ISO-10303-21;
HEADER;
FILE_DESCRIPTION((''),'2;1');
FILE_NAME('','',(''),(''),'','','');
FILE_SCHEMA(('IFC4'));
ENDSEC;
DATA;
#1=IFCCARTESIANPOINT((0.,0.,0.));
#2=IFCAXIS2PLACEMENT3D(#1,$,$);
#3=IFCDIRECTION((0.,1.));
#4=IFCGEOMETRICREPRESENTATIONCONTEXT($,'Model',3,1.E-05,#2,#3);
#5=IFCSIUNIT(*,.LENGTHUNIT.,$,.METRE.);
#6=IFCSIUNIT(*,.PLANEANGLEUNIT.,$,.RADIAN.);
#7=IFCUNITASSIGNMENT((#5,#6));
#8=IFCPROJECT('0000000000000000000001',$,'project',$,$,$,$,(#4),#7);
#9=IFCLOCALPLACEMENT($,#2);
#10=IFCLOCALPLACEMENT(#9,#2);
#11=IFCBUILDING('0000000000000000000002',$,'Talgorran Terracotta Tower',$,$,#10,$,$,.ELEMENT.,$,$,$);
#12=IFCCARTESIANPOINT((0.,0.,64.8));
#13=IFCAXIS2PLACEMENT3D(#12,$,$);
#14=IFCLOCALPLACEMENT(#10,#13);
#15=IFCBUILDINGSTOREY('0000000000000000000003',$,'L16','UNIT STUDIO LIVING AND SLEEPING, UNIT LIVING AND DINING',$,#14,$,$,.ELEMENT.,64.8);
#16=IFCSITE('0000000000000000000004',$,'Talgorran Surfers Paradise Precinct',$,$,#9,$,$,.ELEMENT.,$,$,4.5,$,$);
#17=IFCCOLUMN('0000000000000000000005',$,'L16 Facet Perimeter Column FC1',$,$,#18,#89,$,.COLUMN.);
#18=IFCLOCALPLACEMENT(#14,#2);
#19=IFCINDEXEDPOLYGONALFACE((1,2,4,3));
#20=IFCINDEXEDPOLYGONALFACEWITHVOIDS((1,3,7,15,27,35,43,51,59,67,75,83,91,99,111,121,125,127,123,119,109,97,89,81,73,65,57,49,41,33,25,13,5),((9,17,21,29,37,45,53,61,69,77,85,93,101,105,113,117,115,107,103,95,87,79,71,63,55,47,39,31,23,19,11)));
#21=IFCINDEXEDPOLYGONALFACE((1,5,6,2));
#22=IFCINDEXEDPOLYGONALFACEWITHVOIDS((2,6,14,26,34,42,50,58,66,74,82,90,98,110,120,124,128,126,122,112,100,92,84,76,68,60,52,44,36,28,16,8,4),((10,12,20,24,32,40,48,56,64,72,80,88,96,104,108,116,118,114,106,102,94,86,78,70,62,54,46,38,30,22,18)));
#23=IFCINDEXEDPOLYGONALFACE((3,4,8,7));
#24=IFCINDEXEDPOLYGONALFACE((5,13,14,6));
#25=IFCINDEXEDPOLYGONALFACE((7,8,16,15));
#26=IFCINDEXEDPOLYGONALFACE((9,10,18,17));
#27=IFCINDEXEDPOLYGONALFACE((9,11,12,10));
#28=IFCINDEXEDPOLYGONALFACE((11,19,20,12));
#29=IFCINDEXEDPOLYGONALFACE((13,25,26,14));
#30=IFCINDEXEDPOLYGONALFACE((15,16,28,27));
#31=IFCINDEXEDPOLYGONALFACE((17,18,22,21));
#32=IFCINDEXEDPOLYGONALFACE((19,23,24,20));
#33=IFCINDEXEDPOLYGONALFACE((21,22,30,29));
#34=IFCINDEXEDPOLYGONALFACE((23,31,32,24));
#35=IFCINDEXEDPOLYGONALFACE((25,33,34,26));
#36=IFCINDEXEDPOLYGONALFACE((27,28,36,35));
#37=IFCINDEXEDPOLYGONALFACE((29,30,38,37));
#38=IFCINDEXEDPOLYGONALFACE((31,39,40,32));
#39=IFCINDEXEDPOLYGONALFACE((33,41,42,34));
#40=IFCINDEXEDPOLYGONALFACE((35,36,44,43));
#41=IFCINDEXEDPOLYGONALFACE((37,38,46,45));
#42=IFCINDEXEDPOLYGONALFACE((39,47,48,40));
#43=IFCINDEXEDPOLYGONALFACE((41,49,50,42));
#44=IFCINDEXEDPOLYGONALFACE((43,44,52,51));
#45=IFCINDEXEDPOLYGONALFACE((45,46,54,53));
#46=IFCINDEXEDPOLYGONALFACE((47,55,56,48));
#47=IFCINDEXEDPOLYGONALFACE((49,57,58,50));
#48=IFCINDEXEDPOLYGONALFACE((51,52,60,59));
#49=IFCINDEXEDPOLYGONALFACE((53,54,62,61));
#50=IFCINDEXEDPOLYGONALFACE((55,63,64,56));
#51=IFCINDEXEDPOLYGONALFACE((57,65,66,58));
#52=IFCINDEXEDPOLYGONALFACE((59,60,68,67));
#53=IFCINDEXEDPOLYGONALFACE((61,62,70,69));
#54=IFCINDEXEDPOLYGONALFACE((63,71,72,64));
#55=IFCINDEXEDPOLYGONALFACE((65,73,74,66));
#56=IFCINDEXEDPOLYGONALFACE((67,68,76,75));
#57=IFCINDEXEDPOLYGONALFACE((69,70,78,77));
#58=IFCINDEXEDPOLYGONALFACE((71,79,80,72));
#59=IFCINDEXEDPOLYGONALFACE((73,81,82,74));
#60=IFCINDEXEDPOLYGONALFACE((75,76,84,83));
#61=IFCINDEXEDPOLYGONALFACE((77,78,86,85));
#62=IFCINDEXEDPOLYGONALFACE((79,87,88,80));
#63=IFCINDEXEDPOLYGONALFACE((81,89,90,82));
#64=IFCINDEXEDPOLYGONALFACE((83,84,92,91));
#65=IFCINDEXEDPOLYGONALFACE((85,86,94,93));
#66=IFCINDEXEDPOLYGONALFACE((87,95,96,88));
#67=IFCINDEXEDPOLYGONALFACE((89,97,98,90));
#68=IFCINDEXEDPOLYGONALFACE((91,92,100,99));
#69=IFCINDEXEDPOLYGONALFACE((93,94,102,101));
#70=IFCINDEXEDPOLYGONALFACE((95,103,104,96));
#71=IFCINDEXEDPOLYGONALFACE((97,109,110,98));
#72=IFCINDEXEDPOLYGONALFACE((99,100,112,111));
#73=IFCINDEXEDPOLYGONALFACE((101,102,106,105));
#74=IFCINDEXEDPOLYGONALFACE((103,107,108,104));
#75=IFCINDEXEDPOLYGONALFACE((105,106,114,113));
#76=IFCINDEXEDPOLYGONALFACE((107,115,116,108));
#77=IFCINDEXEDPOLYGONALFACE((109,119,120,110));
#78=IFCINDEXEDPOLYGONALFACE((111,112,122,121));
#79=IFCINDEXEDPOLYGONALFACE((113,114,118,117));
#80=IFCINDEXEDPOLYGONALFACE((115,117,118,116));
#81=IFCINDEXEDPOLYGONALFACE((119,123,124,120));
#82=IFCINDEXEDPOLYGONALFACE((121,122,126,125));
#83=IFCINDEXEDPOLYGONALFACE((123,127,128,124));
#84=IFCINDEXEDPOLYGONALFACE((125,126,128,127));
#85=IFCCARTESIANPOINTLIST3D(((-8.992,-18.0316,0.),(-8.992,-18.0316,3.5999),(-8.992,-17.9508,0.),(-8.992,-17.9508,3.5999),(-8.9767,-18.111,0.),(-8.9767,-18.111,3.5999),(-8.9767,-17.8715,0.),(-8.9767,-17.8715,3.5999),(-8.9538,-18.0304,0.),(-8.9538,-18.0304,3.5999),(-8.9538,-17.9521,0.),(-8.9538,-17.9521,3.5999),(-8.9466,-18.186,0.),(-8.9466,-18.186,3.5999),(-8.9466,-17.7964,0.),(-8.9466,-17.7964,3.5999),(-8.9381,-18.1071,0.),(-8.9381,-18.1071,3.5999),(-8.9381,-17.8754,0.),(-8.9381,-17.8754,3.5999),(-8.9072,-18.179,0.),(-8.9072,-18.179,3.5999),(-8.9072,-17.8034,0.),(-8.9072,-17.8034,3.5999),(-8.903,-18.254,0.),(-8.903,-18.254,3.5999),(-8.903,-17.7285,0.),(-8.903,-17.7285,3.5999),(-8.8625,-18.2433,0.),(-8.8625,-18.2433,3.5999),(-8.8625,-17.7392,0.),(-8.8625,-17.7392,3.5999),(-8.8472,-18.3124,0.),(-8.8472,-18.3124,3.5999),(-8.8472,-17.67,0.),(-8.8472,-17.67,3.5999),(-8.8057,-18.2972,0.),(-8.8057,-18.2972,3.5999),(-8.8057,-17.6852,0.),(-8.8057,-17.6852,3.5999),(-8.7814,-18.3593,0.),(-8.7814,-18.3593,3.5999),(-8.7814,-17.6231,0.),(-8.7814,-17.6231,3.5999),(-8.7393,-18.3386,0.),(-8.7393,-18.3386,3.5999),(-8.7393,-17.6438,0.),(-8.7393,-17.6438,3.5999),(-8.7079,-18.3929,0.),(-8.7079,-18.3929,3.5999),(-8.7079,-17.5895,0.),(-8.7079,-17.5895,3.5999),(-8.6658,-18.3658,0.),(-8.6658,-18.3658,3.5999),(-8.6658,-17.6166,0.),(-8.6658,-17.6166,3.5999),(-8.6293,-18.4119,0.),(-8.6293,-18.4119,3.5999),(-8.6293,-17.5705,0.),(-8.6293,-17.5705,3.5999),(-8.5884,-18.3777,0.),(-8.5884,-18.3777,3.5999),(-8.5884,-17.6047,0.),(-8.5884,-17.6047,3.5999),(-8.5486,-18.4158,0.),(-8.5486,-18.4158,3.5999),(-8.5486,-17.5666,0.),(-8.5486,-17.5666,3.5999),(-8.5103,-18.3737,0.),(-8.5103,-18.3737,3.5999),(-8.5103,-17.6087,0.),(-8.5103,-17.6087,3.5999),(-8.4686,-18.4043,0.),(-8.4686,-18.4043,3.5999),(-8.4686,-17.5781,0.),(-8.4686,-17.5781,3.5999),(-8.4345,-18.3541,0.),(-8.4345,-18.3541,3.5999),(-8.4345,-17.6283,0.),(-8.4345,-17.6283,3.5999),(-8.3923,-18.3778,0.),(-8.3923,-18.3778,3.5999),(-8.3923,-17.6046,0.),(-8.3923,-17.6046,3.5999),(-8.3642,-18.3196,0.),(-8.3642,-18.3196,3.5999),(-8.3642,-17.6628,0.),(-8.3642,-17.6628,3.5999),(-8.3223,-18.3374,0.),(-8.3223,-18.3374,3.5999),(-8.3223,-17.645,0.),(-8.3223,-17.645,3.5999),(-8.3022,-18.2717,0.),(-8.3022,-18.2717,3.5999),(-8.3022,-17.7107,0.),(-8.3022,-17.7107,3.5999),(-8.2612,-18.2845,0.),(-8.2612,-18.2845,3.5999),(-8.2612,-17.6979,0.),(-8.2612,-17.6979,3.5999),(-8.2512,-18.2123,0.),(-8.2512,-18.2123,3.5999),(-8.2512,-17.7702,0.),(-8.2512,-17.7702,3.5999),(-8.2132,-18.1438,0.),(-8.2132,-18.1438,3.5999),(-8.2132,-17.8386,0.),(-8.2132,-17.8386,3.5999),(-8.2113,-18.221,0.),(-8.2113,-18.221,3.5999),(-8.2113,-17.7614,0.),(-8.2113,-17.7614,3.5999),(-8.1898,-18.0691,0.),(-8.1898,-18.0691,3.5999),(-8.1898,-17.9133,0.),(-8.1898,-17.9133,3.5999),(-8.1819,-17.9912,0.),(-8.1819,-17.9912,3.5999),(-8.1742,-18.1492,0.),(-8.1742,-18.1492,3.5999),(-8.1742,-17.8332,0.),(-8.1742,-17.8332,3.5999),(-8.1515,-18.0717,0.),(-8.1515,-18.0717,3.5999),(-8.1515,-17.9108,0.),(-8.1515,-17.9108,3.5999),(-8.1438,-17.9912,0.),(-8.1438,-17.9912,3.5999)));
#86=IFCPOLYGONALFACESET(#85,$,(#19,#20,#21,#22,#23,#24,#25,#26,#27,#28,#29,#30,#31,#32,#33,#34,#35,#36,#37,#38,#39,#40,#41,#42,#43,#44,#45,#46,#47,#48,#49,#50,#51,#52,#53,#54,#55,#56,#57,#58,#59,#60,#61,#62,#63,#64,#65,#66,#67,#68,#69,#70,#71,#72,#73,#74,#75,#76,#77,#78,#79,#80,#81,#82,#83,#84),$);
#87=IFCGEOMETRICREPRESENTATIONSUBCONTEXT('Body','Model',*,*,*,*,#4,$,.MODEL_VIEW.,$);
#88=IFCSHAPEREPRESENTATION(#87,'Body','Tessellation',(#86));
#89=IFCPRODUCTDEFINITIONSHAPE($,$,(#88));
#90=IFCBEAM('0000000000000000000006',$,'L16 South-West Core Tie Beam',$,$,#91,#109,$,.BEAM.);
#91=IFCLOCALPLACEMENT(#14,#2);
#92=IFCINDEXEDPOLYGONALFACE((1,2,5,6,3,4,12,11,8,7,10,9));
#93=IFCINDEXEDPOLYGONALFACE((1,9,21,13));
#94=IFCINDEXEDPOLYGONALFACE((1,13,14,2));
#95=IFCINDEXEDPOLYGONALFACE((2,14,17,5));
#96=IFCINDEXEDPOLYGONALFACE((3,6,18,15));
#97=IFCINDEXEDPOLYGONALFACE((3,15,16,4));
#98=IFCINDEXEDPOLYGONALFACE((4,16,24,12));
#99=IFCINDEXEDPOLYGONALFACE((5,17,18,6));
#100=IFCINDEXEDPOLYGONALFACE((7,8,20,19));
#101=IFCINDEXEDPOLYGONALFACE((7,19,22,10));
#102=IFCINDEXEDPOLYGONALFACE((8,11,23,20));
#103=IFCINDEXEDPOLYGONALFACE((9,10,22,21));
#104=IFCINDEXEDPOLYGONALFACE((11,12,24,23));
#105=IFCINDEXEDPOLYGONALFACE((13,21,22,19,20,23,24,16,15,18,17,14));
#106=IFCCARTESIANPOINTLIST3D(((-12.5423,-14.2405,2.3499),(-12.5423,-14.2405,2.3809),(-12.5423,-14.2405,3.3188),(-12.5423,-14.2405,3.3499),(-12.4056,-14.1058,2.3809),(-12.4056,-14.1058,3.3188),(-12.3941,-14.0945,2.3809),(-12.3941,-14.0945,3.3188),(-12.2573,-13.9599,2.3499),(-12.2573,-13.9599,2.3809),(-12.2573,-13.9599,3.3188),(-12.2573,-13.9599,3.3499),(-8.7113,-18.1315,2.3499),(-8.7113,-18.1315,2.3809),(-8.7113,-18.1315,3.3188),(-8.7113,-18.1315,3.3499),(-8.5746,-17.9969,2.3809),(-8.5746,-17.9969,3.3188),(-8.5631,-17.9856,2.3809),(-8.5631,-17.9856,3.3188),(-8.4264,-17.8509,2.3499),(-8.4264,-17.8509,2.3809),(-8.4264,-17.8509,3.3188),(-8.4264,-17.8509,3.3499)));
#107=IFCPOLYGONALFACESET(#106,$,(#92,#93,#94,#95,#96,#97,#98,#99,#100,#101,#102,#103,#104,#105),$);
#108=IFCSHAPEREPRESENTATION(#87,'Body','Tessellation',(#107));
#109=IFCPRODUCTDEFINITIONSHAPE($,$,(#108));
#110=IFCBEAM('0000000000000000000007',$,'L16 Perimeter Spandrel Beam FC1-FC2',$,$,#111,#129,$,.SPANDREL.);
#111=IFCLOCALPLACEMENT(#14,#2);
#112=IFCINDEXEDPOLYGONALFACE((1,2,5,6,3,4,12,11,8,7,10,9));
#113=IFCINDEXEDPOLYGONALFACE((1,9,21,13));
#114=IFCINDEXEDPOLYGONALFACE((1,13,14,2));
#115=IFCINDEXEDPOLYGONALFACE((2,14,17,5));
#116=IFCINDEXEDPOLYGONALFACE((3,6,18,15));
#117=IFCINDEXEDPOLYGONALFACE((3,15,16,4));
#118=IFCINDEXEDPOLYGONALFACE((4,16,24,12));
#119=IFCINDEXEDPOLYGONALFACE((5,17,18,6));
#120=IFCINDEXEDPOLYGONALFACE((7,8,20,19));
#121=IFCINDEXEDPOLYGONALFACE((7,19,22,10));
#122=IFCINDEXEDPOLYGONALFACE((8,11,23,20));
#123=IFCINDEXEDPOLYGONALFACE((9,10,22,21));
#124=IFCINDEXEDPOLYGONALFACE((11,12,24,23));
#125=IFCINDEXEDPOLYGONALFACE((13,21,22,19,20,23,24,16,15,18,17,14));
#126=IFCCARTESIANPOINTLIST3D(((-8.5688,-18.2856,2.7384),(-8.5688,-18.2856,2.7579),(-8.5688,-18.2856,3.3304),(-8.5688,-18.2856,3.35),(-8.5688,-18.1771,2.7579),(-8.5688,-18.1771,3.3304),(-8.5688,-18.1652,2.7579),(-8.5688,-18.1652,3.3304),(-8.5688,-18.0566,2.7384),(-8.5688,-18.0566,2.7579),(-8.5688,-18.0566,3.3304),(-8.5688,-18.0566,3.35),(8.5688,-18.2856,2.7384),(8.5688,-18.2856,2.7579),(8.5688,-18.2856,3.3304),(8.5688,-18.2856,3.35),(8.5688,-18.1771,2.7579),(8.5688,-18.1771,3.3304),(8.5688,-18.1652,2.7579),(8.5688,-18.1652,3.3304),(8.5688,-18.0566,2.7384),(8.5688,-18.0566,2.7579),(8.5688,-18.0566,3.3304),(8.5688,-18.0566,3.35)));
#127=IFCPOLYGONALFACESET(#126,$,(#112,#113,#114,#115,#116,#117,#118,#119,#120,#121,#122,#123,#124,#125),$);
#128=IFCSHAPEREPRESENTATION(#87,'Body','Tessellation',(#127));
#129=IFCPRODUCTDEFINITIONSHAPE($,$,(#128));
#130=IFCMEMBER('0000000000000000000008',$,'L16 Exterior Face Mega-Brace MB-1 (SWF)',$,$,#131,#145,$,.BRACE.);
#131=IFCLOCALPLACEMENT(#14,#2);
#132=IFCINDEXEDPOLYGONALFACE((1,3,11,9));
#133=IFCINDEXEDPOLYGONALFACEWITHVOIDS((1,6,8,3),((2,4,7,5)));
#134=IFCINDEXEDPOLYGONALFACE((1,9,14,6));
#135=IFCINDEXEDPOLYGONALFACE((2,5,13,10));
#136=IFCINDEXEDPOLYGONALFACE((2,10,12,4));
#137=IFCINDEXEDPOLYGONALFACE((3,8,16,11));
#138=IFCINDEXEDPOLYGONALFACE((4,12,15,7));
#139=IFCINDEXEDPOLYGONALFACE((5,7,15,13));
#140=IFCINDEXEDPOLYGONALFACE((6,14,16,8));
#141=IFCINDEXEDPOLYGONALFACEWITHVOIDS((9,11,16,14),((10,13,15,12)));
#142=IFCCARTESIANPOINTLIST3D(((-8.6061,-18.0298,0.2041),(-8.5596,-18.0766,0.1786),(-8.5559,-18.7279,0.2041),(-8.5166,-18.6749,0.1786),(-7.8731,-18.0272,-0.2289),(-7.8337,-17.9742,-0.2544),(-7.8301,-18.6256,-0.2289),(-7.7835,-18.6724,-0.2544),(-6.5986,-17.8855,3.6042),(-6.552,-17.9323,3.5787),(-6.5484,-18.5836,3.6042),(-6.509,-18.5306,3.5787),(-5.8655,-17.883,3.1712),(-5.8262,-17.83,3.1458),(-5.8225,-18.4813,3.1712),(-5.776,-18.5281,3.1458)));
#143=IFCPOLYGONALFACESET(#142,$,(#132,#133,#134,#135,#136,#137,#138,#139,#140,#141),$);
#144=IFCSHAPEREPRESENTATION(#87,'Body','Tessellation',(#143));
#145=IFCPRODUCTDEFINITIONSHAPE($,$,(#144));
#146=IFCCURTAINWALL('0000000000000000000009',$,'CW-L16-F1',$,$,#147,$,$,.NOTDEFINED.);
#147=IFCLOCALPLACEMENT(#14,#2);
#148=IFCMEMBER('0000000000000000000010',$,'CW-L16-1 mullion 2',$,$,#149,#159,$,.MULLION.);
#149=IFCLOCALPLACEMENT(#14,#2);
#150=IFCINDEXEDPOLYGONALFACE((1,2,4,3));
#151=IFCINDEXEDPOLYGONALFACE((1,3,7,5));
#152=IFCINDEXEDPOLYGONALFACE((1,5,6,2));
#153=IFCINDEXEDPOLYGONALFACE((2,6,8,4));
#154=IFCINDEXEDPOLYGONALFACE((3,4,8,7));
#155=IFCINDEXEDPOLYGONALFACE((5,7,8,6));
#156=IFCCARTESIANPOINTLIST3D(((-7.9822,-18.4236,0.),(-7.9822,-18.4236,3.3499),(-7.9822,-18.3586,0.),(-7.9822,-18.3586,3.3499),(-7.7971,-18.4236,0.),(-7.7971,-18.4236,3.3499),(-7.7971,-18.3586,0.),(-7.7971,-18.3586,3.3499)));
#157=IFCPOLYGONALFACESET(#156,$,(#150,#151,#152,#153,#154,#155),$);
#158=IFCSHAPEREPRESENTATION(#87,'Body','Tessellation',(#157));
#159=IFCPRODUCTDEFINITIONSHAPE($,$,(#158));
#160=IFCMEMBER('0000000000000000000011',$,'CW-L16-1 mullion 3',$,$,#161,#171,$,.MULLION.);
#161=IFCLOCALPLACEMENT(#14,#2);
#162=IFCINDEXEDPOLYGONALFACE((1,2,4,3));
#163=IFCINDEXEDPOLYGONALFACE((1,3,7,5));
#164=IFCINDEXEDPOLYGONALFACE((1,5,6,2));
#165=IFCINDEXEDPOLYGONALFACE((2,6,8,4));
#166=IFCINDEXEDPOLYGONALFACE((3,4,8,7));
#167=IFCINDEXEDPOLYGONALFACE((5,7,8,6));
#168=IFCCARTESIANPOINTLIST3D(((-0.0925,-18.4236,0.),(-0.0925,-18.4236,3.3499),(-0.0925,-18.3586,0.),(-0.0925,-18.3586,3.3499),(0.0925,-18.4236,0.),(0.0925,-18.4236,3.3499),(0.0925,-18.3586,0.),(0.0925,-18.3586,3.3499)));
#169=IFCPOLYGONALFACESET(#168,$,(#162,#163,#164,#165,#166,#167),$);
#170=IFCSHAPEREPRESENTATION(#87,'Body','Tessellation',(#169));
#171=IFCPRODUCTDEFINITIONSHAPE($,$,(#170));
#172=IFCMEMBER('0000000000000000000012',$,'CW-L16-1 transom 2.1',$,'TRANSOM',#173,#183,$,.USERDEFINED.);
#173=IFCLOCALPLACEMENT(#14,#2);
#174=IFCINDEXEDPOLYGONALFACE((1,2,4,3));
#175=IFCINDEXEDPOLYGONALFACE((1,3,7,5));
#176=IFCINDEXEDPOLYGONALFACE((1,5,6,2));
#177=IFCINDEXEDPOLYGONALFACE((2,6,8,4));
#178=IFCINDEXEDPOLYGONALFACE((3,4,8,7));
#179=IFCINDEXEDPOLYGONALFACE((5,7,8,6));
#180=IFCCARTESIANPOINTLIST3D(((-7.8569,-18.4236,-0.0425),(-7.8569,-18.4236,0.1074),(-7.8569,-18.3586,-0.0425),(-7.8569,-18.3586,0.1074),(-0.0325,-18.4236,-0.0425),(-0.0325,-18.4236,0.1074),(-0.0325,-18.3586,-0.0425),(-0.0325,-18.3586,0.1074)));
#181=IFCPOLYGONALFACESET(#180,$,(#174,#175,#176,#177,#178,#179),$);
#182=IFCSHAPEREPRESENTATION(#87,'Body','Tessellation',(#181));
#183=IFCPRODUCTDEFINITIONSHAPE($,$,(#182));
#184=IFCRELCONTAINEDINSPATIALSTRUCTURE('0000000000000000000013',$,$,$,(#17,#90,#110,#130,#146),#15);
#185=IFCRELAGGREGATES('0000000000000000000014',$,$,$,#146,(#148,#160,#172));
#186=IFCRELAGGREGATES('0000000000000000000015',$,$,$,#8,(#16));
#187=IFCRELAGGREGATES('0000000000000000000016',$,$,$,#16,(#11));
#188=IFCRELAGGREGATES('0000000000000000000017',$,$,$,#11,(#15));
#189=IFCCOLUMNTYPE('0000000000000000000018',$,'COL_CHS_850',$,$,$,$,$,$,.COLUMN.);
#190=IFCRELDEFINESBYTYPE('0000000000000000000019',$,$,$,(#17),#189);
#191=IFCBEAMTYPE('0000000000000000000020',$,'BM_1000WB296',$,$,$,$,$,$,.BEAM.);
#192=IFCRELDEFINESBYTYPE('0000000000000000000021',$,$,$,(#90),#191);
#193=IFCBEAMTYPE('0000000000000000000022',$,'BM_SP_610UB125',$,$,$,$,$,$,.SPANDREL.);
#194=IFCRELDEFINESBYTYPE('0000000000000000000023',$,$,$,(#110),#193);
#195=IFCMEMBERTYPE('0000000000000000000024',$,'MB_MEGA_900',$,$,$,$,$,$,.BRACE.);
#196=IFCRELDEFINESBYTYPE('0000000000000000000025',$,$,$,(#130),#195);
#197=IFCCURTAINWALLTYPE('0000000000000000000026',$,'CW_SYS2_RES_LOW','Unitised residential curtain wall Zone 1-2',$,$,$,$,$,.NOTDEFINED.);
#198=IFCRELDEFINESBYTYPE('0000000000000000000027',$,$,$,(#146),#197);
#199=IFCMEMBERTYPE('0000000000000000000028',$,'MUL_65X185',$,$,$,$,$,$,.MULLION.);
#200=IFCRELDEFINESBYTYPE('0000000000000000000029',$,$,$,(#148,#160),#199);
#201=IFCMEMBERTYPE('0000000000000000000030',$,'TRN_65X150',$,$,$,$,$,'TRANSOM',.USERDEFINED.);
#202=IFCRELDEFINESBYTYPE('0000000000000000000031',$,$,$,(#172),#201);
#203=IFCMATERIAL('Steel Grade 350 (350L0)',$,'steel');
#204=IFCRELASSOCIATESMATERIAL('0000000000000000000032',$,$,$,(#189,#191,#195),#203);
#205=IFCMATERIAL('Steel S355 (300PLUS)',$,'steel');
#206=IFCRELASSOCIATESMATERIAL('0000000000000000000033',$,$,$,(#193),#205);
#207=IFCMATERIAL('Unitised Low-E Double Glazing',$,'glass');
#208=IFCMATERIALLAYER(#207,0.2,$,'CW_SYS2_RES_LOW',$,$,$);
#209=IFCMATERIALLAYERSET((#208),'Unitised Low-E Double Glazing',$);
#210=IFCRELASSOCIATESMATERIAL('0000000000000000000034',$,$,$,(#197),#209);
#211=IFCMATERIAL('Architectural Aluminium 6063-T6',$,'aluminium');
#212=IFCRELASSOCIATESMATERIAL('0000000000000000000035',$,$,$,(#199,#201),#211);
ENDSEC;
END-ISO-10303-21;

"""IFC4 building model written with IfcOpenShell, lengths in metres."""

from ifc_helpers import new_model, si_unit, direction, frame, origin, origin_2d, place, context, subcontext, project, spatial, rectangle, hollow_rectangle, hollow_circle, i_section, extrude, material, layer, layer_set, material_profile, profile_set, type_object, element, aggregate, save


model = new_model("IFC4")

# Units and contexts
model_context = context("Model", 3, precision=1e-05, world=origin(), true_north=direction((0.0, 1.0)))
body_context = subcontext(model_context, "Body", "Model", "MODEL_VIEW")
ifc_project = project(units=[si_unit("LENGTHUNIT", "METRE"), si_unit("PLANEANGLEUNIT", "RADIAN")], contexts=[model_context])

# Site, building, storey
site_placement = place(None, origin())
site = spatial("IfcSite", under=ifc_project, at=site_placement, Name="Talgorran Surfers Paradise Precinct", CompositionType="ELEMENT", RefElevation=4.5)
building_placement = place(site_placement, origin())
building = spatial("IfcBuilding", under=site, at=building_placement, Name="Talgorran Terracotta Tower", CompositionType="ELEMENT")
storey_placement = place(building_placement, frame((0.0, 0.0, 64.8)))
storey = spatial("IfcBuildingStorey", under=building, at=storey_placement, Name="L16", Description="UNIT STUDIO LIVING AND SLEEPING, UNIT LIVING AND DINING", CompositionType="ELEMENT", Elevation=64.8)

# Column
ifc_material_1 = material(Name="Steel Grade 350 (350L0)", Category="steel")
ifc_material_profile_1 = material_profile(ifc_material_1, hollow_circle(Radius=0.425, WallThickness=0.0381, at=origin_2d()), Name="CHS850X38")
ifc_profile_set_1 = profile_set([ifc_material_profile_1], Name="Steel Grade 350 (350L0)")
column_type = type_object("IfcColumnType", Name="COL_CHS_850", PredefinedType="COLUMN", material=ifc_profile_set_1)
column_placement = place(storey_placement, frame((-8.5688, -17.9912, 0.0), z_axis=(0.0, 0.0, 1.0), x_axis=(1.0, 0.0, 0.0)))
element("IfcColumn", 1, at=column_placement, inside=storey, type_object=column_type, Name="L16 Facet Perimeter Column FC1", PredefinedType="COLUMN", context=body_context, shape_type="SweptSolid", body=[
    extrude(hollow_circle(Radius=0.425, WallThickness=0.0381, at=origin_2d()), origin(), (0.0, 0.0, 1.0), 3.5999),
])

# Beams
ifc_material_profile_2 = material_profile(ifc_material_1, i_section(OverallWidth=0.3999, OverallDepth=1.0, WebThickness=0.0161, FlangeThickness=0.031, at=origin_2d()), Name="1000WB296")
ifc_profile_set_2 = profile_set([ifc_material_profile_2], Name="Steel Grade 350 (350L0)")
beam_type_1 = type_object("IfcBeamType", Name="BM_1000WB296", PredefinedType="BEAM", material=ifc_profile_set_2)
beam_1_placement = place(storey_placement, frame((-8.5688, -17.9912, 2.8499), z_axis=(-0.701586, 0.712585, 0.0), x_axis=(-0.712585, -0.701586, 0.0)))
element("IfcBeam", 2, at=beam_1_placement, inside=storey, type_object=beam_type_1, Name="L16 South-West Core Tie Beam", PredefinedType="BEAM", context=body_context, shape_type="SweptSolid", body=[
    extrude(i_section(OverallWidth=0.3999, OverallDepth=1.0, WebThickness=0.0161, FlangeThickness=0.031, at=origin_2d()), origin(), (0.0, 0.0, 1.0), 5.4604),
])
ifc_material_2 = material(Name="Steel S355 (300PLUS)", Category="steel")
ifc_material_profile_3 = material_profile(ifc_material_2, i_section(OverallWidth=0.229, OverallDepth=0.6116, WebThickness=0.012, FlangeThickness=0.0195, at=origin_2d()), Name="610UB125")
ifc_profile_set_3 = profile_set([ifc_material_profile_3], Name="Steel S355 (300PLUS)")
beam_type_2 = type_object("IfcBeamType", Name="BM_SP_610UB125", PredefinedType="SPANDREL", material=ifc_profile_set_3)
beam_2_placement = place(storey_placement, frame((-8.5688, -18.1711, 3.0442), z_axis=(1.0, 0.0, 0.0), x_axis=(0.0, 1.0, 0.0)))
element("IfcBeam", 3, at=beam_2_placement, inside=storey, type_object=beam_type_2, Name="L16 Perimeter Spandrel Beam FC1-FC2", PredefinedType="SPANDREL", context=body_context, shape_type="SweptSolid", body=[
    extrude(i_section(OverallWidth=0.229, OverallDepth=0.6116, WebThickness=0.012, FlangeThickness=0.0195, at=origin_2d()), origin(), (0.0, 0.0, 1.0), 17.1377),
])

# Member
ifc_material_profile_4 = material_profile(ifc_material_1, hollow_rectangle(XDim=0.7, YDim=0.8999, WallThickness=0.05, at=origin_2d()), Name="WBOX900X700X50")
ifc_profile_set_4 = profile_set([ifc_material_profile_4], Name="Steel Grade 350 (350L0)")
member_type_1 = type_object("IfcMemberType", Name="MB_MEGA_900", PredefinedType="BRACE", material=ifc_profile_set_4)
member_1_placement = place(storey_placement, frame((-8.1948, -18.3511, -0.0251), z_axis=(0.508088, 0.036517, 0.860531), x_axis=(-0.071687, 0.997427, 0.0)))
element("IfcMember", 4, at=member_1_placement, inside=storey, type_object=member_type_1, Name="L16 Exterior Face Mega-Brace MB-1 (SWF)", PredefinedType="BRACE", context=body_context, shape_type="SweptSolid", body=[
    extrude(hollow_rectangle(XDim=0.7, YDim=0.8999, WallThickness=0.05, at=origin_2d()), origin(), (0.0, 0.0, 1.0), 3.9512),
])

# Curtain wall, members
ifc_material_3 = material(Name="Unitised Low-E Double Glazing", Category="glass")
ifc_layer_1 = layer(ifc_material_3, 0.2, Name="CW_SYS2_RES_LOW")
ifc_layer_set_1 = layer_set([ifc_layer_1], Name="Unitised Low-E Double Glazing")
curtain_wall_type = type_object("IfcCurtainWallType", Name="CW_SYS2_RES_LOW", Description="Unitised residential curtain wall Zone 1-2", PredefinedType="NOTDEFINED", material=ifc_layer_set_1)
curtain_wall_placement = place(storey_placement, origin())
curtain_wall = element("IfcCurtainWall", 5, at=curtain_wall_placement, inside=storey, type_object=curtain_wall_type, Name="CW-L16-F1", PredefinedType="NOTDEFINED")
ifc_material_4 = material(Name="Architectural Aluminium 6063-T6", Category="aluminium")
ifc_material_profile_5 = material_profile(ifc_material_4, rectangle(XDim=0.0649, YDim=0.1851, at=origin_2d()), Name="CWM65X185")
ifc_profile_set_5 = profile_set([ifc_material_profile_5], Name="Architectural Aluminium 6063-T6")
member_type_2 = type_object("IfcMemberType", Name="MUL_65X185", PredefinedType="MULLION", material=ifc_profile_set_5)
member_2_placement = place(storey_placement, frame((-7.8896, -18.3911, 0.0), z_axis=(0.0, 0.0, 1.0), x_axis=(0.0, 1.0, 0.0)))
member_2 = element("IfcMember", 6, at=member_2_placement, type_object=member_type_2, Name="CW-L16-1 mullion 2", PredefinedType="MULLION", context=body_context, shape_type="SweptSolid", body=[
    extrude(rectangle(XDim=0.0649, YDim=0.1851, at=origin_2d()), origin(), (0.0, 0.0, 1.0), 3.3499),
])
member_3_placement = place(storey_placement, frame((0.0, -18.3911, 0.0), z_axis=(0.0, 0.0, 1.0), x_axis=(0.0, 1.0, 0.0)))
member_3 = element("IfcMember", 7, at=member_3_placement, type_object=member_type_2, Name="CW-L16-1 mullion 3", PredefinedType="MULLION", context=body_context, shape_type="SweptSolid", body=[
    extrude(rectangle(XDim=0.0649, YDim=0.1851, at=origin_2d()), origin(), (0.0, 0.0, 1.0), 3.3499),
])
ifc_material_profile_6 = material_profile(ifc_material_4, rectangle(XDim=0.0649, YDim=0.1499, at=origin_2d()), Name="CWT65X150")
ifc_profile_set_6 = profile_set([ifc_material_profile_6], Name="Architectural Aluminium 6063-T6")
member_type_3 = type_object("IfcMemberType", Name="TRN_65X150", ElementType="TRANSOM", PredefinedType="USERDEFINED", material=ifc_profile_set_6)
member_4_placement = place(storey_placement, frame((-7.8569, -18.3911, 0.0325), z_axis=(1.0, 0.0, 0.0), x_axis=(0.0, 1.0, 0.0)))
member_4 = element("IfcMember", 8, at=member_4_placement, type_object=member_type_3, Name="CW-L16-1 transom 2.1", ObjectType="TRANSOM", PredefinedType="USERDEFINED", context=body_context, shape_type="SweptSolid", body=[
    extrude(rectangle(XDim=0.0649, YDim=0.1499, at=origin_2d()), origin(), (0.0, 0.0, 1.0), 7.8245),
])

aggregate(curtain_wall, [member_2, member_3, member_4])

save(model, "model.ifc")
